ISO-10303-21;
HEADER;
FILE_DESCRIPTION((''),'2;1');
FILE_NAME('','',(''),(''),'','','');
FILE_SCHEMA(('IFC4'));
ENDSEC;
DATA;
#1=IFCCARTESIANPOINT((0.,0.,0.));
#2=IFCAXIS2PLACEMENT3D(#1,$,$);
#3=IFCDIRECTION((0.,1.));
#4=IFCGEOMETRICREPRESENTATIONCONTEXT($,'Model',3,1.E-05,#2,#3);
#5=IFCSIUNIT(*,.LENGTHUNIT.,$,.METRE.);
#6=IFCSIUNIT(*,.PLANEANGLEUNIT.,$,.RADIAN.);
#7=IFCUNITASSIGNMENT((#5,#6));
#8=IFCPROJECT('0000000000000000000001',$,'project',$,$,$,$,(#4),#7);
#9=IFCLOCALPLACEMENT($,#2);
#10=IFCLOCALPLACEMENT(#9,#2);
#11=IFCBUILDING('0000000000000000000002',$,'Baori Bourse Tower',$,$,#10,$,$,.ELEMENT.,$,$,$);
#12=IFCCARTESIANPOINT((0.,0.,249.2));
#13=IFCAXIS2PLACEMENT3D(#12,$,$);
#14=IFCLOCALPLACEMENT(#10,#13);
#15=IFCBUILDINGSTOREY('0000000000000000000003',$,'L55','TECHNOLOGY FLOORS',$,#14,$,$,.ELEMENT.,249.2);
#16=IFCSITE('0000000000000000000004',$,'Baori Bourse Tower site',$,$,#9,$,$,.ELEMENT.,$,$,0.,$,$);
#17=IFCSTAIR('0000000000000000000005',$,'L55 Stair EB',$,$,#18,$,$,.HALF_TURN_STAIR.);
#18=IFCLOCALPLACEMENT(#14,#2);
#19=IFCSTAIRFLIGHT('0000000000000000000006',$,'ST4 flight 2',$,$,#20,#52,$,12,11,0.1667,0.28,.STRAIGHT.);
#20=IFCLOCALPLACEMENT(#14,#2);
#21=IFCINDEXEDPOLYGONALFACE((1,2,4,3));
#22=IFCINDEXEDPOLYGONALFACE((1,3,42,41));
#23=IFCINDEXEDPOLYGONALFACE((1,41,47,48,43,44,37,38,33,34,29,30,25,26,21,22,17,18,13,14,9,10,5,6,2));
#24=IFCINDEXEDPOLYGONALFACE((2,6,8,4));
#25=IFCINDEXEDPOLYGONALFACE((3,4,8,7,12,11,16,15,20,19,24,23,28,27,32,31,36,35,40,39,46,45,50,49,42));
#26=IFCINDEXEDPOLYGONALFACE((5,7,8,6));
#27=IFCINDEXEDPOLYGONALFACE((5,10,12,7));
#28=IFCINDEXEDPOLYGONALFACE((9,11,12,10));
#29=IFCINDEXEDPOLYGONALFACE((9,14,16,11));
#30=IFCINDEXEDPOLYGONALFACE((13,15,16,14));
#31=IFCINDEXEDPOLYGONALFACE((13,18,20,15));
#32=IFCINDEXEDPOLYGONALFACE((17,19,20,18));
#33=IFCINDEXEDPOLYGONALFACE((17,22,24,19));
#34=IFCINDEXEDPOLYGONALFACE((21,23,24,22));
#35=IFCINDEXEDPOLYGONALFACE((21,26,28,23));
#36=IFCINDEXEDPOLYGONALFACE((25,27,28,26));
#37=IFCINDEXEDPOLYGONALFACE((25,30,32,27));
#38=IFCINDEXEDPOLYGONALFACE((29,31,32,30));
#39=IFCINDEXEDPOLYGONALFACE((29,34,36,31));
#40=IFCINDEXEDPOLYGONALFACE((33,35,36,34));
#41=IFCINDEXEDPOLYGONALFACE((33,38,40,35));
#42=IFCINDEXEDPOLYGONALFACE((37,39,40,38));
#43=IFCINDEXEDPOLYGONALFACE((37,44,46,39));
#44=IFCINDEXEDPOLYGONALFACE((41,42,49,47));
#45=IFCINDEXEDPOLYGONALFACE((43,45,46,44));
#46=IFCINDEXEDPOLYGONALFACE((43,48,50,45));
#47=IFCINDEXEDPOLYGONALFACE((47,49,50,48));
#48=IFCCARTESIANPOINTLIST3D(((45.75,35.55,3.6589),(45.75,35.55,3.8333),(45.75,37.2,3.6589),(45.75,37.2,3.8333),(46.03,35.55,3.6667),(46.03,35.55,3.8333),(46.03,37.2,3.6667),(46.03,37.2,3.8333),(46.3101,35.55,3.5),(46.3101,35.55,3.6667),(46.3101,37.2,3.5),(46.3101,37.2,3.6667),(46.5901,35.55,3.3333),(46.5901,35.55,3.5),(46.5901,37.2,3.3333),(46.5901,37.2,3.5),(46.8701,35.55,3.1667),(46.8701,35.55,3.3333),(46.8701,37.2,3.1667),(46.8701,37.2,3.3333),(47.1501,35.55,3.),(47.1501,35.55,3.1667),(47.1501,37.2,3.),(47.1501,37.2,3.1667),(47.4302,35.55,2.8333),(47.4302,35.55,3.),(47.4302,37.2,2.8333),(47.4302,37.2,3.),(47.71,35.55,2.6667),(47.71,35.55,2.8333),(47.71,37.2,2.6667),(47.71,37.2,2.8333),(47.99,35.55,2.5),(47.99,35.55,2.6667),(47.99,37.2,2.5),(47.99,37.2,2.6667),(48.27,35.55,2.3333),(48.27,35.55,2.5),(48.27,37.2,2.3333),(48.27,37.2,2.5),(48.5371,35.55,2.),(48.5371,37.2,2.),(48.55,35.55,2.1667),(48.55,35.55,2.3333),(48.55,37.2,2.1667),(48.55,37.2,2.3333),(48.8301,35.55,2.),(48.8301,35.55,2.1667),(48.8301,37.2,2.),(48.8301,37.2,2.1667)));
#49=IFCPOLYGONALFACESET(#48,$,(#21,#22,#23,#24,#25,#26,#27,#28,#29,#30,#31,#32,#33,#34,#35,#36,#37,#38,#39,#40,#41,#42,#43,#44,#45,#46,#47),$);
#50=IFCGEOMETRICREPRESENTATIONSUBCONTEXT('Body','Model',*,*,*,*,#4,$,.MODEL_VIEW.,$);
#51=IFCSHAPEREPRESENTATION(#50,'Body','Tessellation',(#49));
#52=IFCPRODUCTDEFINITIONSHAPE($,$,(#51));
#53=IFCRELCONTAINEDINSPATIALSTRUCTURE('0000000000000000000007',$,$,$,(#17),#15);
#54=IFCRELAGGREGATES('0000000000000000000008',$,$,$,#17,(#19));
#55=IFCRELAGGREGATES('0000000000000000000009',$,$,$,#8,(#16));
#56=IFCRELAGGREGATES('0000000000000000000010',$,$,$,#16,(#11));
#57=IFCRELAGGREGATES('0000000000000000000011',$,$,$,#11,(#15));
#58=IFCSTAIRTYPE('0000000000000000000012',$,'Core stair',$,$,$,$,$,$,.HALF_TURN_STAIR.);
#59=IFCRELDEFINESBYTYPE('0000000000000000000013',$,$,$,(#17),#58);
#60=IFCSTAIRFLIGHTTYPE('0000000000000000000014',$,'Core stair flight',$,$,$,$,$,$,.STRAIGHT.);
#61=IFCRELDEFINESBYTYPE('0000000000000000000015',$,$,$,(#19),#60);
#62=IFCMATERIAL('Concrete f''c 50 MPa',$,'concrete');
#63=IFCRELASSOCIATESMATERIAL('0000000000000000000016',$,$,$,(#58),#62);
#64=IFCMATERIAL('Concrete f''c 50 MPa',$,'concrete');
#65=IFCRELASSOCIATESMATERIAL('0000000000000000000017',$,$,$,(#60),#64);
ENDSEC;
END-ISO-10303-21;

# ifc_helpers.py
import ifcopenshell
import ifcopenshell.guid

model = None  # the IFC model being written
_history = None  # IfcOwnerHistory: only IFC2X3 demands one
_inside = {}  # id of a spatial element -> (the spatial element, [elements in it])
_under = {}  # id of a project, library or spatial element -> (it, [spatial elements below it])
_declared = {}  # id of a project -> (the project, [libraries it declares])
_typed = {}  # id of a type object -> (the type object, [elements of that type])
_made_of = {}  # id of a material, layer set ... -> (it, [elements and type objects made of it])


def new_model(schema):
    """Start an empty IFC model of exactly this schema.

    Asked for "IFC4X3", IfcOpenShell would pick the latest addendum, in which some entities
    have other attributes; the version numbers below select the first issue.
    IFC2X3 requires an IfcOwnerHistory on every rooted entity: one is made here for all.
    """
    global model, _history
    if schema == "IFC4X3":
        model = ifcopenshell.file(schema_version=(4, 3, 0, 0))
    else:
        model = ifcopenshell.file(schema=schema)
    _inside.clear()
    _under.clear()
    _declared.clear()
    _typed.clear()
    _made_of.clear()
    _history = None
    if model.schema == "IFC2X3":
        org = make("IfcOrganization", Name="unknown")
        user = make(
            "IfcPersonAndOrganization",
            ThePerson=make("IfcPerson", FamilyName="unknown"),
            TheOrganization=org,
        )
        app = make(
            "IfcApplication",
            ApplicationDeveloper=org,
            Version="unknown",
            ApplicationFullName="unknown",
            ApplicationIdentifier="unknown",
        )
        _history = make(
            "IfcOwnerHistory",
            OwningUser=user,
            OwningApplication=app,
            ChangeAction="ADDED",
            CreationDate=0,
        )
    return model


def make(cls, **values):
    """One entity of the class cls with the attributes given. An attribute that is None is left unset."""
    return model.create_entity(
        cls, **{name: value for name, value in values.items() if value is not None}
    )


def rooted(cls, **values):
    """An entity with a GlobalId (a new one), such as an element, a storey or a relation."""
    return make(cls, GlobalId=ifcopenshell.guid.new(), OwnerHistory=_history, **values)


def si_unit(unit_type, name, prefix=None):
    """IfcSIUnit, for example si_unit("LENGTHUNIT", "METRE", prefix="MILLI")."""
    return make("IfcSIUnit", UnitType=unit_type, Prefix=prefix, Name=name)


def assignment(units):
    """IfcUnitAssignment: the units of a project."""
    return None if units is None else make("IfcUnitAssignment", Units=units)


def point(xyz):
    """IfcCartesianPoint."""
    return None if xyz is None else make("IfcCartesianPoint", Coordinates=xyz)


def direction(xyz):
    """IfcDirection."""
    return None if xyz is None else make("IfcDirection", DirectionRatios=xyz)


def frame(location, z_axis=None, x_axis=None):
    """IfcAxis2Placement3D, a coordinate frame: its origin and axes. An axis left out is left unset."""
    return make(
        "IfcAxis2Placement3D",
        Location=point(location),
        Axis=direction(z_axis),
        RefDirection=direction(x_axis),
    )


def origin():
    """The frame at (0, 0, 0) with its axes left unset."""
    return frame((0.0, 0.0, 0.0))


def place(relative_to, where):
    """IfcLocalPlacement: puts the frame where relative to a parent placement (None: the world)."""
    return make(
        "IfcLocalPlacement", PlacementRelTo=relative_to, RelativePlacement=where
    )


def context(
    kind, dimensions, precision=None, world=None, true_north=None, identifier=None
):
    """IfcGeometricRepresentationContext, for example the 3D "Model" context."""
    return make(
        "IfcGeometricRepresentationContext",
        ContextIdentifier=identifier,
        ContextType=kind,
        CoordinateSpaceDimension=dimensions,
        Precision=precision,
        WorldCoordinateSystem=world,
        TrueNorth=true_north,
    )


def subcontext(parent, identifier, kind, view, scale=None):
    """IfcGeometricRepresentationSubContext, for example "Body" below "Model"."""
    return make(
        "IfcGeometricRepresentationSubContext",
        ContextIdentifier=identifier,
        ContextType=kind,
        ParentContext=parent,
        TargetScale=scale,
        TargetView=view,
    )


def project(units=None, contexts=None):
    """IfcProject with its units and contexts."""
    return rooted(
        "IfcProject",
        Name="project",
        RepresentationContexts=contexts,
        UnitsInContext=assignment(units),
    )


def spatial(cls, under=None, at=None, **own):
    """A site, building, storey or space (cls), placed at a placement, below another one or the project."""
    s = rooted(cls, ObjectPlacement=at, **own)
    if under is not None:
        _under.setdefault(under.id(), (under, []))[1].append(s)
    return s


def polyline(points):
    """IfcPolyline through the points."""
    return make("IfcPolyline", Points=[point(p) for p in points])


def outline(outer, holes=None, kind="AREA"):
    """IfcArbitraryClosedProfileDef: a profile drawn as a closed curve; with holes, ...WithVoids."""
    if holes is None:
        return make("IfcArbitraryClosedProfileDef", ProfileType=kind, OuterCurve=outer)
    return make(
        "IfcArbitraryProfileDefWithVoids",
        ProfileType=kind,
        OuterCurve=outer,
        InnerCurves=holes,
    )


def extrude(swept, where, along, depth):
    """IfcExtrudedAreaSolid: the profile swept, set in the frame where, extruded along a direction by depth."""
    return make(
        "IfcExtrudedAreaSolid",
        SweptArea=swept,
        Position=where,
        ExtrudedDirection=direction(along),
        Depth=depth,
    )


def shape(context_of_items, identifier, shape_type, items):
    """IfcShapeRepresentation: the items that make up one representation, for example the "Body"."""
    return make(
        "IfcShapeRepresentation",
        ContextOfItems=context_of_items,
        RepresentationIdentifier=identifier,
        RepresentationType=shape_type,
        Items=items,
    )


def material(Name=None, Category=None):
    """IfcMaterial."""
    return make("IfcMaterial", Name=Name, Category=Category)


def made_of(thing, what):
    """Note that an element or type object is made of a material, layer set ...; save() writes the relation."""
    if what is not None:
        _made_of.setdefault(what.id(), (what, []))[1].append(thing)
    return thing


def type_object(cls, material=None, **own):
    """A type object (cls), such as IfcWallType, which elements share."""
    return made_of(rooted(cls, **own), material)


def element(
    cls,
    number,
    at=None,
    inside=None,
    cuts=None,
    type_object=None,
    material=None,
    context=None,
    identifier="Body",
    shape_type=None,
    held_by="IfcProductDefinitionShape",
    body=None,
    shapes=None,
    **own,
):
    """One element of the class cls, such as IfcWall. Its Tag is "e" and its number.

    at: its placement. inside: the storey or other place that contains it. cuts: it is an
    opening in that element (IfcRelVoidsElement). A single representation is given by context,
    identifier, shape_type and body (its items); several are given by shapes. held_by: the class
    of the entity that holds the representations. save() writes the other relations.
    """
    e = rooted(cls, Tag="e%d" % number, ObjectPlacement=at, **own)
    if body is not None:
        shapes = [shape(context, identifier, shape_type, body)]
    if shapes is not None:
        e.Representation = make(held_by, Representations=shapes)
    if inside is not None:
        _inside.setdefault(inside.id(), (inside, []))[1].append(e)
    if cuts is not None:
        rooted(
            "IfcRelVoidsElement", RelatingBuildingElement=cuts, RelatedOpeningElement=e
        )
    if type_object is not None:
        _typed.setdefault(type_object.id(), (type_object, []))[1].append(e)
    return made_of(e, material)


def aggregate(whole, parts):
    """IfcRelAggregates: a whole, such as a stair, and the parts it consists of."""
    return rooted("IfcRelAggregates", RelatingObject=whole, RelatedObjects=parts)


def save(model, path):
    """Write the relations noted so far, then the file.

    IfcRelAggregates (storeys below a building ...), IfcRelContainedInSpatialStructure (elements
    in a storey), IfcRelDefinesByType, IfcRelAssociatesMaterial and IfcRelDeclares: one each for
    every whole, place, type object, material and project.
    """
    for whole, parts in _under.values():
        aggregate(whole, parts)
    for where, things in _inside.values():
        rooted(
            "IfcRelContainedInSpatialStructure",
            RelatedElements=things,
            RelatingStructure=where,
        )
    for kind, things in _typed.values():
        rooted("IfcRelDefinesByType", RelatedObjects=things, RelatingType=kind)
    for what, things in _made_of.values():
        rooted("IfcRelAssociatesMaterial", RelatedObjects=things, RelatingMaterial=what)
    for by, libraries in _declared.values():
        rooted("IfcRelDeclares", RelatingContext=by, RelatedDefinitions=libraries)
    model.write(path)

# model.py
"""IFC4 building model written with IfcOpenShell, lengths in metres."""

from ifc_helpers import new_model, si_unit, direction, frame, origin, place, context, subcontext, project, spatial, polyline, outline, extrude, material, type_object, element, aggregate, save


model = new_model("IFC4")

# Units and contexts
model_context = context("Model", 3, precision=1e-05, world=origin(), true_north=direction((0.0, 1.0)))
body_context = subcontext(model_context, "Body", "Model", "MODEL_VIEW")
ifc_project = project(units=[si_unit("LENGTHUNIT", "METRE"), si_unit("PLANEANGLEUNIT", "RADIAN")], contexts=[model_context])

# Site, building, storey
site_placement = place(None, origin())
site = spatial("IfcSite", under=ifc_project, at=site_placement, Name="Baori Bourse Tower site", CompositionType="ELEMENT", RefElevation=0.0)
building_placement = place(site_placement, origin())
building = spatial("IfcBuilding", under=site, at=building_placement, Name="Baori Bourse Tower", CompositionType="ELEMENT")
storey_placement = place(building_placement, frame((0.0, 0.0, 249.2)))
storey = spatial("IfcBuildingStorey", under=building, at=storey_placement, Name="L55", Description="TECHNOLOGY FLOORS", CompositionType="ELEMENT", Elevation=249.2)

# Stair, stair flight
ifc_material_1 = material(Name="Concrete f'c 50 MPa", Category="concrete")
stair_type = type_object("IfcStairType", Name="Core stair", PredefinedType="HALF_TURN_STAIR", material=ifc_material_1)
stair_placement = place(storey_placement, origin())
stair = element("IfcStair", 1, at=stair_placement, inside=storey, type_object=stair_type, Name="L55 Stair EB", PredefinedType="HALF_TURN_STAIR")
ifc_material_2 = material(Name="Concrete f'c 50 MPa", Category="concrete")
stair_flight_type = type_object("IfcStairFlightType", Name="Core stair flight", PredefinedType="STRAIGHT", material=ifc_material_2)
stair_flight_1_placement = place(storey_placement, frame((48.8301, 36.375, 2.0), z_axis=(0.0, 0.0, 1.0), x_axis=(-1.0, 0.0, 0.0)))
stair_flight_1 = element("IfcStairFlight", 2, at=stair_flight_1_placement, type_object=stair_flight_type, Name="ST4 flight 2", NumberOfRisers=12, NumberOfTreads=11, PredefinedType="STRAIGHT", RiserHeight=0.1667, TreadLength=0.28, context=body_context, shape_type="SweptSolid", body=[
    extrude(outline(polyline([(0.0, 0.0), (0.0, 0.1667), (0.28, 0.1667), (0.28, 0.3333), (0.5601, 0.3333), (0.5601, 0.5), (0.8401, 0.5), (0.8401, 0.6667), (1.1201, 0.6667), (1.1201, 0.8333), (1.3999, 0.8333), (1.3999, 1.0), (1.6799, 1.0), (1.6799, 1.1667), (1.96, 1.1667), (1.96, 1.3333), (2.24, 1.3333), (2.24, 1.5), (2.52, 1.5), (2.52, 1.6667), (2.8, 1.6667), (2.8, 1.8333), (3.0801, 1.8333), (3.0801, 2.0), (3.0801, 1.6589), (0.293, 0.0), (0.0, 0.0)])), frame((0.0, 0.825, 0.0), z_axis=(0.0, -1.0, 0.0), x_axis=(1.0, 0.0, 0.0)), (0.0, 0.0, 1.0), 1.6499),
])
aggregate(stair, [stair_flight_1])

save(model, "model.ifc")
